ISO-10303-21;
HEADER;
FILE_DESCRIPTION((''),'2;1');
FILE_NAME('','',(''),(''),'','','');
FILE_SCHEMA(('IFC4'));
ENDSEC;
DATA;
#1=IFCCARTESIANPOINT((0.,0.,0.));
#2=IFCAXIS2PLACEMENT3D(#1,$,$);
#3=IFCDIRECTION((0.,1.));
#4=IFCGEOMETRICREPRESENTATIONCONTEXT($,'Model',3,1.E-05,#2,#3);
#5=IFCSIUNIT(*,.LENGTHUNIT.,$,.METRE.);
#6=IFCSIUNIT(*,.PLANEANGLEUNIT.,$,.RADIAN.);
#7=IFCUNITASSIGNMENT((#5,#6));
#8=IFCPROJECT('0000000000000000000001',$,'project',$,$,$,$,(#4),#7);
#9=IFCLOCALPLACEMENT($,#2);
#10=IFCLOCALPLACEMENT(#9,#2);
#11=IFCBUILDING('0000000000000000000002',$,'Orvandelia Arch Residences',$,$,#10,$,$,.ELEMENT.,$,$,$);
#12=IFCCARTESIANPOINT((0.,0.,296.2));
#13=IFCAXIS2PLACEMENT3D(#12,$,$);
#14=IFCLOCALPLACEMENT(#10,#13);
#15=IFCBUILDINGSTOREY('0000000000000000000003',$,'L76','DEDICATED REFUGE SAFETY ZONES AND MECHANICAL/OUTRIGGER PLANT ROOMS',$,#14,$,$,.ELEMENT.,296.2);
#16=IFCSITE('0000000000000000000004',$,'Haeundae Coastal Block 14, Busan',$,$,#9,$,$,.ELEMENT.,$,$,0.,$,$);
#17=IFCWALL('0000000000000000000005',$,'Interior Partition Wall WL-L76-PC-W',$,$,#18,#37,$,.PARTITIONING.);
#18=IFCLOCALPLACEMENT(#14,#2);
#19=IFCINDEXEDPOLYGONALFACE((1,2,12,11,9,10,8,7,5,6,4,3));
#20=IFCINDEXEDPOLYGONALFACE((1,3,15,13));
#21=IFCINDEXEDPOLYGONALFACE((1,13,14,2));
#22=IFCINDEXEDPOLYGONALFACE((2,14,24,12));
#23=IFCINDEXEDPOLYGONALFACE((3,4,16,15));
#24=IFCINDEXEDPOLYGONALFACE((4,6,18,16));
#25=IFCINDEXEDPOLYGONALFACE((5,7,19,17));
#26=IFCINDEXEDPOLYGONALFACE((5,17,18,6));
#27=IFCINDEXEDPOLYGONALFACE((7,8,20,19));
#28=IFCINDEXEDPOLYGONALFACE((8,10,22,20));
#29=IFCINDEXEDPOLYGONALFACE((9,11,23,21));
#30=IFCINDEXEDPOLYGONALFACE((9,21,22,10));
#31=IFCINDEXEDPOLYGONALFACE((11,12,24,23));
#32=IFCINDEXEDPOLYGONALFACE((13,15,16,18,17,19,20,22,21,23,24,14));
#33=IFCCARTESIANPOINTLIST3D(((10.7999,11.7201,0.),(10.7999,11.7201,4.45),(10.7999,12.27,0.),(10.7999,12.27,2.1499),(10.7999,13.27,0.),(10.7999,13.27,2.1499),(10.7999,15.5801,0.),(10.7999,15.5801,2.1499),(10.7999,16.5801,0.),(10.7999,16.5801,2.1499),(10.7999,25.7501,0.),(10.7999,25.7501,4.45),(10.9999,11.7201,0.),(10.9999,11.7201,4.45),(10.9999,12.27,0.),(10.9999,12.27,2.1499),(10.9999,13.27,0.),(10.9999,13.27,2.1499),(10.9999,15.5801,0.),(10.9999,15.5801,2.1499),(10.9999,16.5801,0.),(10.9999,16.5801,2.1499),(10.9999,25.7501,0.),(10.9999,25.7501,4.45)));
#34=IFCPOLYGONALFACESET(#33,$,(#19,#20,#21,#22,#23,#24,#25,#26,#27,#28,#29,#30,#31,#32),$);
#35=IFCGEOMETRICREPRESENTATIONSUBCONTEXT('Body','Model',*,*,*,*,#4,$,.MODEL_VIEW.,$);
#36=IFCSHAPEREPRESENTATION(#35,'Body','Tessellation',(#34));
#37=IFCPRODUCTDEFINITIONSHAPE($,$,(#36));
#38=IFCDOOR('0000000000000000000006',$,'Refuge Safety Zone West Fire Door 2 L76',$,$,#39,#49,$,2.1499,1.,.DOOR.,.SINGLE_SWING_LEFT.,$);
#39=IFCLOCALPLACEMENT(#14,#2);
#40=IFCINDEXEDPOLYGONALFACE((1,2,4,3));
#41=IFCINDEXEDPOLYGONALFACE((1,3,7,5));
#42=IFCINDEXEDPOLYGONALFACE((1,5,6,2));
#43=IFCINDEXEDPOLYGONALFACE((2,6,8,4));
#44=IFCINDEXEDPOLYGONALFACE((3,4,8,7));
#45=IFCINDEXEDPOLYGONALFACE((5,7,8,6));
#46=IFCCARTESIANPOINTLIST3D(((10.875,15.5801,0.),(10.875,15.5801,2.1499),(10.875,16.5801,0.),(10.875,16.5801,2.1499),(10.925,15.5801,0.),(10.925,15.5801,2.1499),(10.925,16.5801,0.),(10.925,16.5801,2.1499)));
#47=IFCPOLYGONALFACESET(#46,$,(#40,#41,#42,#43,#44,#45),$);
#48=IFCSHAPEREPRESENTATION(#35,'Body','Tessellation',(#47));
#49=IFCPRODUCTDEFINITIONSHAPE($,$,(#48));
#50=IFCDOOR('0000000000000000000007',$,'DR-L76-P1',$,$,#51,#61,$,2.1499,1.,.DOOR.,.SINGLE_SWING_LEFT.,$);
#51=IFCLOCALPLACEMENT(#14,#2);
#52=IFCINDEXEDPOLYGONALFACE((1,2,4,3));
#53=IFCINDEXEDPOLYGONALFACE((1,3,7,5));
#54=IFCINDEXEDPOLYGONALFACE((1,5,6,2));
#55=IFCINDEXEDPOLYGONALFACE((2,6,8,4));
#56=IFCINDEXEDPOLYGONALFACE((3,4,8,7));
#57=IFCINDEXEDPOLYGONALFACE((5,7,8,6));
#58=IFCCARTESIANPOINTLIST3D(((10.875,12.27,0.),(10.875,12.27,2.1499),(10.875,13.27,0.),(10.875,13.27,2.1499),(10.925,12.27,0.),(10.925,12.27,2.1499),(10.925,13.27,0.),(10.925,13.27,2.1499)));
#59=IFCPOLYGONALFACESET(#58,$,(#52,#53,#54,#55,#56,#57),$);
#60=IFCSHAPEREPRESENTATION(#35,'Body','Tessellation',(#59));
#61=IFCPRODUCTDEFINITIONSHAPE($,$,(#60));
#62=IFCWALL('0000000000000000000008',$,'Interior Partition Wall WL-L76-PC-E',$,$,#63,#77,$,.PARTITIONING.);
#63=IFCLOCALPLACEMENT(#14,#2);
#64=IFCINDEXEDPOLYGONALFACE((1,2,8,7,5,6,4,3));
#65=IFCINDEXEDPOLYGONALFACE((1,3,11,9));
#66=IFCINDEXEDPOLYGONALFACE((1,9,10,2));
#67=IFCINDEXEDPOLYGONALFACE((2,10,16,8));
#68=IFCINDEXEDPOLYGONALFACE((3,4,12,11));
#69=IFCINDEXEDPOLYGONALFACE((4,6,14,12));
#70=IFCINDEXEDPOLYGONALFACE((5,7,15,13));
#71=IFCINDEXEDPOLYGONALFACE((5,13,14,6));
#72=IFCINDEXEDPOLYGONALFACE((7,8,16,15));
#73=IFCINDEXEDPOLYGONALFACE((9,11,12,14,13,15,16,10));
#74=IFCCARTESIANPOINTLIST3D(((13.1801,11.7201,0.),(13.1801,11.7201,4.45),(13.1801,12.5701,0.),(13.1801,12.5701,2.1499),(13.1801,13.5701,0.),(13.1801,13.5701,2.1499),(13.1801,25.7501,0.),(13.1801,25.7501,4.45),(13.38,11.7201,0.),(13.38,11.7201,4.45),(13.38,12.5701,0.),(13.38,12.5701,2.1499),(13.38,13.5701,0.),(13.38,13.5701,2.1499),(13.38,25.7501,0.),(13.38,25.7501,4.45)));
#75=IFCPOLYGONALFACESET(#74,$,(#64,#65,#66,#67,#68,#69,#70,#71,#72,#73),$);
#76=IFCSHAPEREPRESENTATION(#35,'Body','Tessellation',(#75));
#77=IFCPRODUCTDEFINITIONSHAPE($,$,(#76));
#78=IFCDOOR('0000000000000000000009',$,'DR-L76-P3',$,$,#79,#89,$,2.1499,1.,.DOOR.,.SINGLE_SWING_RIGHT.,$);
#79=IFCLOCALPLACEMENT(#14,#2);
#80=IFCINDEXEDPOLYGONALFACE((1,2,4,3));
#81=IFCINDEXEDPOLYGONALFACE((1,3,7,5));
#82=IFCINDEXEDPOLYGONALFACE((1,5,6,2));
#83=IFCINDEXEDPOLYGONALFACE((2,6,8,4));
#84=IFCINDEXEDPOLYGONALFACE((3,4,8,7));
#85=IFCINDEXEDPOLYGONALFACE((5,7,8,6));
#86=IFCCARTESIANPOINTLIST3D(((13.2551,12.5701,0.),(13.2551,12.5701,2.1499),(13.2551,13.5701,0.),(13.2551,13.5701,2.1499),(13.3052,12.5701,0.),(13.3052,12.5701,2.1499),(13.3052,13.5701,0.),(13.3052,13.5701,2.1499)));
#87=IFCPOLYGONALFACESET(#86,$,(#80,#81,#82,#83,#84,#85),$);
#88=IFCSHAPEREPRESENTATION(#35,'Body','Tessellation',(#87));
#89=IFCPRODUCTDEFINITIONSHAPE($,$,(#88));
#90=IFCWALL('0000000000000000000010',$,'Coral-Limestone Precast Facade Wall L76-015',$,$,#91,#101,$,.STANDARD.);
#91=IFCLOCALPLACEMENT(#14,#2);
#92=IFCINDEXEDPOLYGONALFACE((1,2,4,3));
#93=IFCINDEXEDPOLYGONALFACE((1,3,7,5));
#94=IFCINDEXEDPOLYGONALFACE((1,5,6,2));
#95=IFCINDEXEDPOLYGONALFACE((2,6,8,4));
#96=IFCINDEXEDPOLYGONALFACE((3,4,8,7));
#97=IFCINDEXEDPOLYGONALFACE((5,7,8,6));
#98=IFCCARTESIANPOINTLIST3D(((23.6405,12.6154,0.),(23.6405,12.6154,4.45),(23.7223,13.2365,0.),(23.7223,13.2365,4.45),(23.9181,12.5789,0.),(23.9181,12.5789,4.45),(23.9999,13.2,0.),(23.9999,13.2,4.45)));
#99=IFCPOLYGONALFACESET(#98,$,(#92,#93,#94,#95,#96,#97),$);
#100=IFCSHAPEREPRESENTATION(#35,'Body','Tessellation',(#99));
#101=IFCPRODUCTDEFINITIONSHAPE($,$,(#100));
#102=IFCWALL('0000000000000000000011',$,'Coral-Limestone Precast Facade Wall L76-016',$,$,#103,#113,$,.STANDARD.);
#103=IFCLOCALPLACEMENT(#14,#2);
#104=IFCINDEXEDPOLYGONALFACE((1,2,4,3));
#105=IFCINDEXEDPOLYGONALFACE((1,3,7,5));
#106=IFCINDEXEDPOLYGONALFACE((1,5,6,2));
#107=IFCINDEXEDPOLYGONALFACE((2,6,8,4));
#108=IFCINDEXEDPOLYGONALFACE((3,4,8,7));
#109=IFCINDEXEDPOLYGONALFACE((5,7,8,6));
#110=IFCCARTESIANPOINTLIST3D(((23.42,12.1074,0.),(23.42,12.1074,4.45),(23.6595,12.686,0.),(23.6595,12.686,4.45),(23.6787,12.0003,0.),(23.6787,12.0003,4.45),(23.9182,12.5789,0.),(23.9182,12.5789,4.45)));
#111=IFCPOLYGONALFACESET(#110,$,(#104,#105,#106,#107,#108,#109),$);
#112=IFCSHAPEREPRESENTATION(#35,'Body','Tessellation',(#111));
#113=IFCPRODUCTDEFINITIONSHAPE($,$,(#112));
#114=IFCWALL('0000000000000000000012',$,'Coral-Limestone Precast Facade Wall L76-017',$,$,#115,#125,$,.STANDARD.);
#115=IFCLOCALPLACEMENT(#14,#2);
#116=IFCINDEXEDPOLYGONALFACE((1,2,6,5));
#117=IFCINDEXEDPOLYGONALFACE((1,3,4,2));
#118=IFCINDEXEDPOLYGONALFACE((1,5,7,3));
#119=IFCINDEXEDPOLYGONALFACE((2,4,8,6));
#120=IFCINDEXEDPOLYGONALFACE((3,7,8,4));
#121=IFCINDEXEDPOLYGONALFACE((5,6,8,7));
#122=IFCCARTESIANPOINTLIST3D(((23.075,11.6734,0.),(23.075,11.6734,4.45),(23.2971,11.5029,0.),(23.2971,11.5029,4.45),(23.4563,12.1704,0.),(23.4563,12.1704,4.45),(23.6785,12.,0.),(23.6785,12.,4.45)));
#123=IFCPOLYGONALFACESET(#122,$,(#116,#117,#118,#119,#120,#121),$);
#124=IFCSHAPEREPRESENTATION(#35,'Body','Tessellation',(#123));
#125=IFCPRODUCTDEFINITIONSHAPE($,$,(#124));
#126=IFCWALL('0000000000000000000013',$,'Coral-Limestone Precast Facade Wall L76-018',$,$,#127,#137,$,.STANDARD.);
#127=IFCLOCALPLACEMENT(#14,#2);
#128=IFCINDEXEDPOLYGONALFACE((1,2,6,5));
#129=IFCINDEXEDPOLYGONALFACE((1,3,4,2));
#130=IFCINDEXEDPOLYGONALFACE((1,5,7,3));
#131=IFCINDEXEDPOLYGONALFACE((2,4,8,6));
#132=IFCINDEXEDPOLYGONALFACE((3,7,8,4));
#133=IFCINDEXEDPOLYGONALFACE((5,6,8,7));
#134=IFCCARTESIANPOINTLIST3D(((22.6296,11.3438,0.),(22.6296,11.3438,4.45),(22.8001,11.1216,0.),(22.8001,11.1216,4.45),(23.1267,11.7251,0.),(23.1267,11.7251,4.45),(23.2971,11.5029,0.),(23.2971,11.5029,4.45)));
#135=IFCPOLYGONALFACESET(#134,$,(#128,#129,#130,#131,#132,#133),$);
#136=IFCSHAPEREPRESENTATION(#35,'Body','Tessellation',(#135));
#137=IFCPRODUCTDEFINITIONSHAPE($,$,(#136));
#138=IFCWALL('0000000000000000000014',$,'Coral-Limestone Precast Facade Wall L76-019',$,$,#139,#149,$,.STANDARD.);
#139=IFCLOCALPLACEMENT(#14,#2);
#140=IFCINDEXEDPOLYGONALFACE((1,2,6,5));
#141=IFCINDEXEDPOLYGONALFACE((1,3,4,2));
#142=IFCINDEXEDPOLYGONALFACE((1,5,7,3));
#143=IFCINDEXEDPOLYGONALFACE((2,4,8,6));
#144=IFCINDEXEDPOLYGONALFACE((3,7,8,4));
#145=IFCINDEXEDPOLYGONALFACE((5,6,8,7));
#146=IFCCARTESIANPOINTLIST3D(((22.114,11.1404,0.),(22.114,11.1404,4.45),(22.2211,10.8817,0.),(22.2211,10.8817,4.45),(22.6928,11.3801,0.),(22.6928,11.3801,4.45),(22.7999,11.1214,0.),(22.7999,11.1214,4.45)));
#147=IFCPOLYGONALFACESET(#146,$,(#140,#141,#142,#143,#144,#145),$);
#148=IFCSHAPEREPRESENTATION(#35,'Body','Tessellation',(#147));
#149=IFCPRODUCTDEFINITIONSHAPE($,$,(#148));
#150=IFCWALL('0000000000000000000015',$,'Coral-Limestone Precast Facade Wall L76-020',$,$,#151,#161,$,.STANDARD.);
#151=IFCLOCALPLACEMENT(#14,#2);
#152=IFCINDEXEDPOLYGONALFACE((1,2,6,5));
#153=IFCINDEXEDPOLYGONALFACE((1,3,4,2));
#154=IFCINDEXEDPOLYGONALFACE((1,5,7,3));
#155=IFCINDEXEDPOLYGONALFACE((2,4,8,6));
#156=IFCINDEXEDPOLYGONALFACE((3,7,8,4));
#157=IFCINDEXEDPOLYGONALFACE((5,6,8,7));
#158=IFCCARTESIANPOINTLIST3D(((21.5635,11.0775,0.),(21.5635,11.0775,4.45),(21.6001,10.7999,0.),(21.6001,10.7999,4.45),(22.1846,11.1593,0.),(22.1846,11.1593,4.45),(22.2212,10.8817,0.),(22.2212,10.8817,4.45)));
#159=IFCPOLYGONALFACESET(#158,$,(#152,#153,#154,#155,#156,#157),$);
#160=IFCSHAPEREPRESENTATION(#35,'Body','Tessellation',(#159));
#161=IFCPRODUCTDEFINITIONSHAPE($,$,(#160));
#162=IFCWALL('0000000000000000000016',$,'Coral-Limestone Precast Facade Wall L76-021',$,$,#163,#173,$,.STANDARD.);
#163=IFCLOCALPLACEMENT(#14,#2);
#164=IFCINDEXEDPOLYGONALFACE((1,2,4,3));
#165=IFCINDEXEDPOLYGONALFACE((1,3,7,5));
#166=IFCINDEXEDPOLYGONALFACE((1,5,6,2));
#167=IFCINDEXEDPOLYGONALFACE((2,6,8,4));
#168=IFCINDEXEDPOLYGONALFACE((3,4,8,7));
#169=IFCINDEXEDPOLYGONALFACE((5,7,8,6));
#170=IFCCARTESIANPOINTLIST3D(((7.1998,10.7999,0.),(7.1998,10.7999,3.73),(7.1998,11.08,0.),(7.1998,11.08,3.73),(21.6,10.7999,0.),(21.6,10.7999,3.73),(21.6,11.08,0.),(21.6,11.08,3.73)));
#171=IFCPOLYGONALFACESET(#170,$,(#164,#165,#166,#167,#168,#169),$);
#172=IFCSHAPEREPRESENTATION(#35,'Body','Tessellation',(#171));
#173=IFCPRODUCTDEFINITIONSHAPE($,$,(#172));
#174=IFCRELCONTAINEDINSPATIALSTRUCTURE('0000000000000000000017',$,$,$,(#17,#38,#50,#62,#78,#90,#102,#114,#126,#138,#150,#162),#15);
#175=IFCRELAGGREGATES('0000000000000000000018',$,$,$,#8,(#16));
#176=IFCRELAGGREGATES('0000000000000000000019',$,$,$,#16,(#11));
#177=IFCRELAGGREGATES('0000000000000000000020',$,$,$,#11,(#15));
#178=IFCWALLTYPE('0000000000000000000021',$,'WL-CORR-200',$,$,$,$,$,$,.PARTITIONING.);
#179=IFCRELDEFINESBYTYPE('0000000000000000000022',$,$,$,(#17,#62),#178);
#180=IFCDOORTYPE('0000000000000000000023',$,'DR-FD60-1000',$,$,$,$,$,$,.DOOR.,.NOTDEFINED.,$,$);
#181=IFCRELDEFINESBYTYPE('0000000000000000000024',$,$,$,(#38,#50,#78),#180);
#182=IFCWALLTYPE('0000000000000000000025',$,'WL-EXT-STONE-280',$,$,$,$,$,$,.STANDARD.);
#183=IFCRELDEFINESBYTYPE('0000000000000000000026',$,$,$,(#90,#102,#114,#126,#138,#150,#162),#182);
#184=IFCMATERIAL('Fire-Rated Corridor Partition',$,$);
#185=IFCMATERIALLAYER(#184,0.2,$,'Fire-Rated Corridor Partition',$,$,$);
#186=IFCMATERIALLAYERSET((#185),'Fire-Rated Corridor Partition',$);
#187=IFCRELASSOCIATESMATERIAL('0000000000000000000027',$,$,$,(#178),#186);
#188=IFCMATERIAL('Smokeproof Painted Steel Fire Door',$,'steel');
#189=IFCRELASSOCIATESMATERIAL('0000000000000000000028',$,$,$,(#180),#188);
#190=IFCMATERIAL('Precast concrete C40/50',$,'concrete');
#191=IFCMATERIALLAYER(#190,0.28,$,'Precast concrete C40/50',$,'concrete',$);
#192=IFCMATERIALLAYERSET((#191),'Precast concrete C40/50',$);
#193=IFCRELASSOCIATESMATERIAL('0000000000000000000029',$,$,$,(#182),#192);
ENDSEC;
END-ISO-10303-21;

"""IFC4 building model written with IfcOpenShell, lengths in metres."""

from ifc_helpers import new_model, si_unit, direction, frame, frame_2d, origin, place, context, subcontext, project, spatial, rectangle, extrude, material, layer, layer_set, type_object, element, fill, save


model = new_model("IFC4")

# Units and contexts
model_context = context("Model", 3, precision=1e-05, world=origin(), true_north=direction((0.0, 1.0)))
body_context = subcontext(model_context, "Body", "Model", "MODEL_VIEW")
ifc_project = project(units=[si_unit("LENGTHUNIT", "METRE"), si_unit("PLANEANGLEUNIT", "RADIAN")], contexts=[model_context])

# Site, building, storey
site_placement = place(None, origin())
site = spatial("IfcSite", under=ifc_project, at=site_placement, Name="Haeundae Coastal Block 14, Busan", CompositionType="ELEMENT", RefElevation=0.0)
building_placement = place(site_placement, origin())
building = spatial("IfcBuilding", under=site, at=building_placement, Name="Orvandelia Arch Residences", CompositionType="ELEMENT")
storey_placement = place(building_placement, frame((0.0, 0.0, 296.2)))
storey = spatial("IfcBuildingStorey", under=building, at=storey_placement, Name="L76", Description="DEDICATED REFUGE SAFETY ZONES AND MECHANICAL/OUTRIGGER PLANT ROOMS", CompositionType="ELEMENT", Elevation=296.2)

# Shared definitions
ifc_material_1 = material(Name="Fire-Rated Corridor Partition")
ifc_layer_1 = layer(ifc_material_1, 0.2, Name="Fire-Rated Corridor Partition")
ifc_layer_set_1 = layer_set([ifc_layer_1], Name="Fire-Rated Corridor Partition")
wall_type_1 = type_object("IfcWallType", Name="WL-CORR-200", PredefinedType="PARTITIONING", material=ifc_layer_set_1)

# Wall, openings, doors
wall_1_placement = place(storey_placement, frame((10.8999, 11.72, 0.0), z_axis=(0.0, 0.0, 1.0), x_axis=(0.0, 1.0, 0.0)))
wall_1 = element("IfcWall", 1, at=wall_1_placement, inside=storey, type_object=wall_type_1, Name="Interior Partition Wall WL-L76-PC-W", PredefinedType="PARTITIONING", context=body_context, shape_type="SweptSolid", body=[
    extrude(rectangle(XDim=14.03, YDim=0.2, at=frame_2d((7.0151, 0.0))), origin(), (0.0, 0.0, 1.0), 4.45),
])
opening_1_placement = place(wall_1_placement, frame((3.8601, 0.0, 0.0)))
opening_1 = element("IfcOpeningElement", 2, at=opening_1_placement, cuts=wall_1, PredefinedType="OPENING", context=body_context, shape_type="SweptSolid", body=[
    extrude(rectangle(XDim=1.0, YDim=2.1499, at=frame_2d((0.5, 1.075))), frame((0.0, 0.1099, 0.0), z_axis=(0.0, -1.0, 0.0), x_axis=(1.0, 0.0, 0.0)), (0.0, 0.0, 1.0), 0.22),
])
opening_2_placement = place(wall_1_placement, frame((0.55, 0.0, 0.0)))
opening_2 = element("IfcOpeningElement", 3, at=opening_2_placement, cuts=wall_1, PredefinedType="OPENING", context=body_context, shape_type="SweptSolid", body=[
    extrude(rectangle(XDim=1.0, YDim=2.1499, at=frame_2d((0.5, 1.075))), frame((0.0, 0.1099, 0.0), z_axis=(0.0, -1.0, 0.0), x_axis=(1.0, 0.0, 0.0)), (0.0, 0.0, 1.0), 0.22),
])
ifc_material_2 = material(Name="Smokeproof Painted Steel Fire Door", Category="steel")
door_type = type_object("IfcDoorType", Name="DR-FD60-1000", OperationType="NOTDEFINED", PredefinedType="DOOR", material=ifc_material_2)
door_1_placement = place(opening_1_placement, origin())
door_1 = element("IfcDoor", 4, at=door_1_placement, inside=storey, type_object=door_type, Name="Refuge Safety Zone West Fire Door 2 L76", OperationType="SINGLE_SWING_LEFT", OverallHeight=2.1499, OverallWidth=1.0, PredefinedType="DOOR", context=body_context, shape_type="SweptSolid", body=[
    extrude(rectangle(XDim=1.0, YDim=2.1499, at=frame_2d((0.5, 1.075))), frame((0.0, 0.0249, 0.0), z_axis=(0.0, -1.0, 0.0), x_axis=(1.0, 0.0, 0.0)), (0.0, 0.0, 1.0), 0.05),
])
fill(opening_1, door_1)
door_2_placement = place(opening_2_placement, origin())
door_2 = element("IfcDoor", 5, at=door_2_placement, inside=storey, type_object=door_type, Name="DR-L76-P1", OperationType="SINGLE_SWING_LEFT", OverallHeight=2.1499, OverallWidth=1.0, PredefinedType="DOOR", context=body_context, shape_type="SweptSolid", body=[
    extrude(rectangle(XDim=1.0, YDim=2.1499, at=frame_2d((0.5, 1.075))), frame((0.0, 0.0249, 0.0), z_axis=(0.0, -1.0, 0.0), x_axis=(1.0, 0.0, 0.0)), (0.0, 0.0, 1.0), 0.05),
])
fill(opening_2, door_2)

# Wall, opening, door
wall_2_placement = place(storey_placement, frame((13.28, 11.72, 0.0), z_axis=(0.0, 0.0, 1.0), x_axis=(0.0, 1.0, 0.0)))
wall_2 = element("IfcWall", 6, at=wall_2_placement, inside=storey, type_object=wall_type_1, Name="Interior Partition Wall WL-L76-PC-E", PredefinedType="PARTITIONING", context=body_context, shape_type="SweptSolid", body=[
    extrude(rectangle(XDim=14.03, YDim=0.2, at=frame_2d((7.0151, 0.0))), origin(), (0.0, 0.0, 1.0), 4.45),
])
opening_3_placement = place(wall_2_placement, frame((0.8501, 0.0, 0.0)))
opening_3 = element("IfcOpeningElement", 7, at=opening_3_placement, cuts=wall_2, PredefinedType="OPENING", context=body_context, shape_type="SweptSolid", body=[
    extrude(rectangle(XDim=1.0, YDim=2.1499, at=frame_2d((0.5, 1.075))), frame((0.0, 0.1099, 0.0), z_axis=(0.0, -1.0, 0.0), x_axis=(1.0, 0.0, 0.0)), (0.0, 0.0, 1.0), 0.22),
])
door_3_placement = place(opening_3_placement, origin())
door_3 = element("IfcDoor", 8, at=door_3_placement, inside=storey, type_object=door_type, Name="DR-L76-P3", OperationType="SINGLE_SWING_RIGHT", OverallHeight=2.1499, OverallWidth=1.0, PredefinedType="DOOR", context=body_context, shape_type="SweptSolid", body=[
    extrude(rectangle(XDim=1.0, YDim=2.1499, at=frame_2d((0.5, 1.075))), frame((0.0, 0.0249, 0.0), z_axis=(0.0, -1.0, 0.0), x_axis=(1.0, 0.0, 0.0)), (0.0, 0.0, 1.0), 0.05),
])
fill(opening_3, door_3)

# Walls
ifc_material_3 = material(Name="Precast concrete C40/50", Category="concrete")
ifc_layer_2 = layer(ifc_material_3, 0.28, Name="Precast concrete C40/50", Category="concrete")
ifc_layer_set_2 = layer_set([ifc_layer_2], Name="Precast concrete C40/50")
wall_type_2 = type_object("IfcWallType", Name="WL-EXT-STONE-280", PredefinedType="STANDARD", material=ifc_layer_set_2)
wall_3_placement = place(storey_placement, frame((23.8611, 13.2183, 0.0), z_axis=(0.0, 0.0, 1.0), x_axis=(-0.130555, -0.991441, 0.0)))
element("IfcWall", 9, at=wall_3_placement, inside=storey, type_object=wall_type_2, Name="Coral-Limestone Precast Facade Wall L76-015", PredefinedType="STANDARD", context=body_context, shape_type="SweptSolid", body=[
    extrude(rectangle(XDim=0.6265, YDim=0.28, at=frame_2d((0.3132, 0.0))), origin(), (0.0, 0.0, 1.0), 4.45),
])
wall_4_placement = place(storey_placement, frame((23.7888, 12.6323, 0.0), z_axis=(0.0, 0.0, 1.0), x_axis=(-0.382455, -0.923974, 0.0)))
element("IfcWall", 10, at=wall_4_placement, inside=storey, type_object=wall_type_2, Name="Coral-Limestone Precast Facade Wall L76-016", PredefinedType="STANDARD", context=body_context, shape_type="SweptSolid", body=[
    extrude(rectangle(XDim=0.6262, YDim=0.28, at=frame_2d((0.313, 0.0))), origin(), (0.0, 0.0, 1.0), 4.45),
])
for number, where, z_axis, x_axis, name in (
    (11, (23.5674, 12.0852, 0.0), (0.0, 0.0, 1.0), (-0.608693, -0.793406, 0.0), "Coral-Limestone Precast Facade Wall L76-017"),
    (12, (23.2119, 11.614, 0.0), (0.0, 0.0, 1.0), (-0.793406, -0.608693, 0.0), "Coral-Limestone Precast Facade Wall L76-018"),
    (13, (22.7463, 11.2507, 0.0), (0.0, 0.0, 1.0), (-0.923893, -0.38265, 0.0), "Coral-Limestone Precast Facade Wall L76-019"),
    (14, (22.2029, 11.0205, 0.0), (0.0, 0.0, 1.0), (-0.991441, -0.130555, 0.0), "Coral-Limestone Precast Facade Wall L76-020"),
):
    element("IfcWall", number, at=place(storey_placement, frame(where, z_axis=z_axis, x_axis=x_axis)), inside=storey, type_object=wall_type_2, Name=name, PredefinedType="STANDARD", context=body_context, shape_type="SweptSolid", body=[
        extrude(rectangle(XDim=0.6265, YDim=0.28, at=frame_2d((0.3132, 0.0))), origin(), (0.0, 0.0, 1.0), 4.45),
    ])
wall_5_placement = place(storey_placement, frame((21.6001, 10.9399, 0.0), z_axis=(0.0, 0.0, 1.0), x_axis=(-1.0, 0.0, 0.0)))
element("IfcWall", 15, at=wall_5_placement, inside=storey, type_object=wall_type_2, Name="Coral-Limestone Precast Facade Wall L76-021", PredefinedType="STANDARD", context=body_context, shape_type="SweptSolid", body=[
    extrude(rectangle(XDim=14.4001, YDim=0.28, at=frame_2d((7.2002, 0.0))), origin(), (0.0, 0.0, 1.0), 3.73),
])

save(model, "model.ifc")
